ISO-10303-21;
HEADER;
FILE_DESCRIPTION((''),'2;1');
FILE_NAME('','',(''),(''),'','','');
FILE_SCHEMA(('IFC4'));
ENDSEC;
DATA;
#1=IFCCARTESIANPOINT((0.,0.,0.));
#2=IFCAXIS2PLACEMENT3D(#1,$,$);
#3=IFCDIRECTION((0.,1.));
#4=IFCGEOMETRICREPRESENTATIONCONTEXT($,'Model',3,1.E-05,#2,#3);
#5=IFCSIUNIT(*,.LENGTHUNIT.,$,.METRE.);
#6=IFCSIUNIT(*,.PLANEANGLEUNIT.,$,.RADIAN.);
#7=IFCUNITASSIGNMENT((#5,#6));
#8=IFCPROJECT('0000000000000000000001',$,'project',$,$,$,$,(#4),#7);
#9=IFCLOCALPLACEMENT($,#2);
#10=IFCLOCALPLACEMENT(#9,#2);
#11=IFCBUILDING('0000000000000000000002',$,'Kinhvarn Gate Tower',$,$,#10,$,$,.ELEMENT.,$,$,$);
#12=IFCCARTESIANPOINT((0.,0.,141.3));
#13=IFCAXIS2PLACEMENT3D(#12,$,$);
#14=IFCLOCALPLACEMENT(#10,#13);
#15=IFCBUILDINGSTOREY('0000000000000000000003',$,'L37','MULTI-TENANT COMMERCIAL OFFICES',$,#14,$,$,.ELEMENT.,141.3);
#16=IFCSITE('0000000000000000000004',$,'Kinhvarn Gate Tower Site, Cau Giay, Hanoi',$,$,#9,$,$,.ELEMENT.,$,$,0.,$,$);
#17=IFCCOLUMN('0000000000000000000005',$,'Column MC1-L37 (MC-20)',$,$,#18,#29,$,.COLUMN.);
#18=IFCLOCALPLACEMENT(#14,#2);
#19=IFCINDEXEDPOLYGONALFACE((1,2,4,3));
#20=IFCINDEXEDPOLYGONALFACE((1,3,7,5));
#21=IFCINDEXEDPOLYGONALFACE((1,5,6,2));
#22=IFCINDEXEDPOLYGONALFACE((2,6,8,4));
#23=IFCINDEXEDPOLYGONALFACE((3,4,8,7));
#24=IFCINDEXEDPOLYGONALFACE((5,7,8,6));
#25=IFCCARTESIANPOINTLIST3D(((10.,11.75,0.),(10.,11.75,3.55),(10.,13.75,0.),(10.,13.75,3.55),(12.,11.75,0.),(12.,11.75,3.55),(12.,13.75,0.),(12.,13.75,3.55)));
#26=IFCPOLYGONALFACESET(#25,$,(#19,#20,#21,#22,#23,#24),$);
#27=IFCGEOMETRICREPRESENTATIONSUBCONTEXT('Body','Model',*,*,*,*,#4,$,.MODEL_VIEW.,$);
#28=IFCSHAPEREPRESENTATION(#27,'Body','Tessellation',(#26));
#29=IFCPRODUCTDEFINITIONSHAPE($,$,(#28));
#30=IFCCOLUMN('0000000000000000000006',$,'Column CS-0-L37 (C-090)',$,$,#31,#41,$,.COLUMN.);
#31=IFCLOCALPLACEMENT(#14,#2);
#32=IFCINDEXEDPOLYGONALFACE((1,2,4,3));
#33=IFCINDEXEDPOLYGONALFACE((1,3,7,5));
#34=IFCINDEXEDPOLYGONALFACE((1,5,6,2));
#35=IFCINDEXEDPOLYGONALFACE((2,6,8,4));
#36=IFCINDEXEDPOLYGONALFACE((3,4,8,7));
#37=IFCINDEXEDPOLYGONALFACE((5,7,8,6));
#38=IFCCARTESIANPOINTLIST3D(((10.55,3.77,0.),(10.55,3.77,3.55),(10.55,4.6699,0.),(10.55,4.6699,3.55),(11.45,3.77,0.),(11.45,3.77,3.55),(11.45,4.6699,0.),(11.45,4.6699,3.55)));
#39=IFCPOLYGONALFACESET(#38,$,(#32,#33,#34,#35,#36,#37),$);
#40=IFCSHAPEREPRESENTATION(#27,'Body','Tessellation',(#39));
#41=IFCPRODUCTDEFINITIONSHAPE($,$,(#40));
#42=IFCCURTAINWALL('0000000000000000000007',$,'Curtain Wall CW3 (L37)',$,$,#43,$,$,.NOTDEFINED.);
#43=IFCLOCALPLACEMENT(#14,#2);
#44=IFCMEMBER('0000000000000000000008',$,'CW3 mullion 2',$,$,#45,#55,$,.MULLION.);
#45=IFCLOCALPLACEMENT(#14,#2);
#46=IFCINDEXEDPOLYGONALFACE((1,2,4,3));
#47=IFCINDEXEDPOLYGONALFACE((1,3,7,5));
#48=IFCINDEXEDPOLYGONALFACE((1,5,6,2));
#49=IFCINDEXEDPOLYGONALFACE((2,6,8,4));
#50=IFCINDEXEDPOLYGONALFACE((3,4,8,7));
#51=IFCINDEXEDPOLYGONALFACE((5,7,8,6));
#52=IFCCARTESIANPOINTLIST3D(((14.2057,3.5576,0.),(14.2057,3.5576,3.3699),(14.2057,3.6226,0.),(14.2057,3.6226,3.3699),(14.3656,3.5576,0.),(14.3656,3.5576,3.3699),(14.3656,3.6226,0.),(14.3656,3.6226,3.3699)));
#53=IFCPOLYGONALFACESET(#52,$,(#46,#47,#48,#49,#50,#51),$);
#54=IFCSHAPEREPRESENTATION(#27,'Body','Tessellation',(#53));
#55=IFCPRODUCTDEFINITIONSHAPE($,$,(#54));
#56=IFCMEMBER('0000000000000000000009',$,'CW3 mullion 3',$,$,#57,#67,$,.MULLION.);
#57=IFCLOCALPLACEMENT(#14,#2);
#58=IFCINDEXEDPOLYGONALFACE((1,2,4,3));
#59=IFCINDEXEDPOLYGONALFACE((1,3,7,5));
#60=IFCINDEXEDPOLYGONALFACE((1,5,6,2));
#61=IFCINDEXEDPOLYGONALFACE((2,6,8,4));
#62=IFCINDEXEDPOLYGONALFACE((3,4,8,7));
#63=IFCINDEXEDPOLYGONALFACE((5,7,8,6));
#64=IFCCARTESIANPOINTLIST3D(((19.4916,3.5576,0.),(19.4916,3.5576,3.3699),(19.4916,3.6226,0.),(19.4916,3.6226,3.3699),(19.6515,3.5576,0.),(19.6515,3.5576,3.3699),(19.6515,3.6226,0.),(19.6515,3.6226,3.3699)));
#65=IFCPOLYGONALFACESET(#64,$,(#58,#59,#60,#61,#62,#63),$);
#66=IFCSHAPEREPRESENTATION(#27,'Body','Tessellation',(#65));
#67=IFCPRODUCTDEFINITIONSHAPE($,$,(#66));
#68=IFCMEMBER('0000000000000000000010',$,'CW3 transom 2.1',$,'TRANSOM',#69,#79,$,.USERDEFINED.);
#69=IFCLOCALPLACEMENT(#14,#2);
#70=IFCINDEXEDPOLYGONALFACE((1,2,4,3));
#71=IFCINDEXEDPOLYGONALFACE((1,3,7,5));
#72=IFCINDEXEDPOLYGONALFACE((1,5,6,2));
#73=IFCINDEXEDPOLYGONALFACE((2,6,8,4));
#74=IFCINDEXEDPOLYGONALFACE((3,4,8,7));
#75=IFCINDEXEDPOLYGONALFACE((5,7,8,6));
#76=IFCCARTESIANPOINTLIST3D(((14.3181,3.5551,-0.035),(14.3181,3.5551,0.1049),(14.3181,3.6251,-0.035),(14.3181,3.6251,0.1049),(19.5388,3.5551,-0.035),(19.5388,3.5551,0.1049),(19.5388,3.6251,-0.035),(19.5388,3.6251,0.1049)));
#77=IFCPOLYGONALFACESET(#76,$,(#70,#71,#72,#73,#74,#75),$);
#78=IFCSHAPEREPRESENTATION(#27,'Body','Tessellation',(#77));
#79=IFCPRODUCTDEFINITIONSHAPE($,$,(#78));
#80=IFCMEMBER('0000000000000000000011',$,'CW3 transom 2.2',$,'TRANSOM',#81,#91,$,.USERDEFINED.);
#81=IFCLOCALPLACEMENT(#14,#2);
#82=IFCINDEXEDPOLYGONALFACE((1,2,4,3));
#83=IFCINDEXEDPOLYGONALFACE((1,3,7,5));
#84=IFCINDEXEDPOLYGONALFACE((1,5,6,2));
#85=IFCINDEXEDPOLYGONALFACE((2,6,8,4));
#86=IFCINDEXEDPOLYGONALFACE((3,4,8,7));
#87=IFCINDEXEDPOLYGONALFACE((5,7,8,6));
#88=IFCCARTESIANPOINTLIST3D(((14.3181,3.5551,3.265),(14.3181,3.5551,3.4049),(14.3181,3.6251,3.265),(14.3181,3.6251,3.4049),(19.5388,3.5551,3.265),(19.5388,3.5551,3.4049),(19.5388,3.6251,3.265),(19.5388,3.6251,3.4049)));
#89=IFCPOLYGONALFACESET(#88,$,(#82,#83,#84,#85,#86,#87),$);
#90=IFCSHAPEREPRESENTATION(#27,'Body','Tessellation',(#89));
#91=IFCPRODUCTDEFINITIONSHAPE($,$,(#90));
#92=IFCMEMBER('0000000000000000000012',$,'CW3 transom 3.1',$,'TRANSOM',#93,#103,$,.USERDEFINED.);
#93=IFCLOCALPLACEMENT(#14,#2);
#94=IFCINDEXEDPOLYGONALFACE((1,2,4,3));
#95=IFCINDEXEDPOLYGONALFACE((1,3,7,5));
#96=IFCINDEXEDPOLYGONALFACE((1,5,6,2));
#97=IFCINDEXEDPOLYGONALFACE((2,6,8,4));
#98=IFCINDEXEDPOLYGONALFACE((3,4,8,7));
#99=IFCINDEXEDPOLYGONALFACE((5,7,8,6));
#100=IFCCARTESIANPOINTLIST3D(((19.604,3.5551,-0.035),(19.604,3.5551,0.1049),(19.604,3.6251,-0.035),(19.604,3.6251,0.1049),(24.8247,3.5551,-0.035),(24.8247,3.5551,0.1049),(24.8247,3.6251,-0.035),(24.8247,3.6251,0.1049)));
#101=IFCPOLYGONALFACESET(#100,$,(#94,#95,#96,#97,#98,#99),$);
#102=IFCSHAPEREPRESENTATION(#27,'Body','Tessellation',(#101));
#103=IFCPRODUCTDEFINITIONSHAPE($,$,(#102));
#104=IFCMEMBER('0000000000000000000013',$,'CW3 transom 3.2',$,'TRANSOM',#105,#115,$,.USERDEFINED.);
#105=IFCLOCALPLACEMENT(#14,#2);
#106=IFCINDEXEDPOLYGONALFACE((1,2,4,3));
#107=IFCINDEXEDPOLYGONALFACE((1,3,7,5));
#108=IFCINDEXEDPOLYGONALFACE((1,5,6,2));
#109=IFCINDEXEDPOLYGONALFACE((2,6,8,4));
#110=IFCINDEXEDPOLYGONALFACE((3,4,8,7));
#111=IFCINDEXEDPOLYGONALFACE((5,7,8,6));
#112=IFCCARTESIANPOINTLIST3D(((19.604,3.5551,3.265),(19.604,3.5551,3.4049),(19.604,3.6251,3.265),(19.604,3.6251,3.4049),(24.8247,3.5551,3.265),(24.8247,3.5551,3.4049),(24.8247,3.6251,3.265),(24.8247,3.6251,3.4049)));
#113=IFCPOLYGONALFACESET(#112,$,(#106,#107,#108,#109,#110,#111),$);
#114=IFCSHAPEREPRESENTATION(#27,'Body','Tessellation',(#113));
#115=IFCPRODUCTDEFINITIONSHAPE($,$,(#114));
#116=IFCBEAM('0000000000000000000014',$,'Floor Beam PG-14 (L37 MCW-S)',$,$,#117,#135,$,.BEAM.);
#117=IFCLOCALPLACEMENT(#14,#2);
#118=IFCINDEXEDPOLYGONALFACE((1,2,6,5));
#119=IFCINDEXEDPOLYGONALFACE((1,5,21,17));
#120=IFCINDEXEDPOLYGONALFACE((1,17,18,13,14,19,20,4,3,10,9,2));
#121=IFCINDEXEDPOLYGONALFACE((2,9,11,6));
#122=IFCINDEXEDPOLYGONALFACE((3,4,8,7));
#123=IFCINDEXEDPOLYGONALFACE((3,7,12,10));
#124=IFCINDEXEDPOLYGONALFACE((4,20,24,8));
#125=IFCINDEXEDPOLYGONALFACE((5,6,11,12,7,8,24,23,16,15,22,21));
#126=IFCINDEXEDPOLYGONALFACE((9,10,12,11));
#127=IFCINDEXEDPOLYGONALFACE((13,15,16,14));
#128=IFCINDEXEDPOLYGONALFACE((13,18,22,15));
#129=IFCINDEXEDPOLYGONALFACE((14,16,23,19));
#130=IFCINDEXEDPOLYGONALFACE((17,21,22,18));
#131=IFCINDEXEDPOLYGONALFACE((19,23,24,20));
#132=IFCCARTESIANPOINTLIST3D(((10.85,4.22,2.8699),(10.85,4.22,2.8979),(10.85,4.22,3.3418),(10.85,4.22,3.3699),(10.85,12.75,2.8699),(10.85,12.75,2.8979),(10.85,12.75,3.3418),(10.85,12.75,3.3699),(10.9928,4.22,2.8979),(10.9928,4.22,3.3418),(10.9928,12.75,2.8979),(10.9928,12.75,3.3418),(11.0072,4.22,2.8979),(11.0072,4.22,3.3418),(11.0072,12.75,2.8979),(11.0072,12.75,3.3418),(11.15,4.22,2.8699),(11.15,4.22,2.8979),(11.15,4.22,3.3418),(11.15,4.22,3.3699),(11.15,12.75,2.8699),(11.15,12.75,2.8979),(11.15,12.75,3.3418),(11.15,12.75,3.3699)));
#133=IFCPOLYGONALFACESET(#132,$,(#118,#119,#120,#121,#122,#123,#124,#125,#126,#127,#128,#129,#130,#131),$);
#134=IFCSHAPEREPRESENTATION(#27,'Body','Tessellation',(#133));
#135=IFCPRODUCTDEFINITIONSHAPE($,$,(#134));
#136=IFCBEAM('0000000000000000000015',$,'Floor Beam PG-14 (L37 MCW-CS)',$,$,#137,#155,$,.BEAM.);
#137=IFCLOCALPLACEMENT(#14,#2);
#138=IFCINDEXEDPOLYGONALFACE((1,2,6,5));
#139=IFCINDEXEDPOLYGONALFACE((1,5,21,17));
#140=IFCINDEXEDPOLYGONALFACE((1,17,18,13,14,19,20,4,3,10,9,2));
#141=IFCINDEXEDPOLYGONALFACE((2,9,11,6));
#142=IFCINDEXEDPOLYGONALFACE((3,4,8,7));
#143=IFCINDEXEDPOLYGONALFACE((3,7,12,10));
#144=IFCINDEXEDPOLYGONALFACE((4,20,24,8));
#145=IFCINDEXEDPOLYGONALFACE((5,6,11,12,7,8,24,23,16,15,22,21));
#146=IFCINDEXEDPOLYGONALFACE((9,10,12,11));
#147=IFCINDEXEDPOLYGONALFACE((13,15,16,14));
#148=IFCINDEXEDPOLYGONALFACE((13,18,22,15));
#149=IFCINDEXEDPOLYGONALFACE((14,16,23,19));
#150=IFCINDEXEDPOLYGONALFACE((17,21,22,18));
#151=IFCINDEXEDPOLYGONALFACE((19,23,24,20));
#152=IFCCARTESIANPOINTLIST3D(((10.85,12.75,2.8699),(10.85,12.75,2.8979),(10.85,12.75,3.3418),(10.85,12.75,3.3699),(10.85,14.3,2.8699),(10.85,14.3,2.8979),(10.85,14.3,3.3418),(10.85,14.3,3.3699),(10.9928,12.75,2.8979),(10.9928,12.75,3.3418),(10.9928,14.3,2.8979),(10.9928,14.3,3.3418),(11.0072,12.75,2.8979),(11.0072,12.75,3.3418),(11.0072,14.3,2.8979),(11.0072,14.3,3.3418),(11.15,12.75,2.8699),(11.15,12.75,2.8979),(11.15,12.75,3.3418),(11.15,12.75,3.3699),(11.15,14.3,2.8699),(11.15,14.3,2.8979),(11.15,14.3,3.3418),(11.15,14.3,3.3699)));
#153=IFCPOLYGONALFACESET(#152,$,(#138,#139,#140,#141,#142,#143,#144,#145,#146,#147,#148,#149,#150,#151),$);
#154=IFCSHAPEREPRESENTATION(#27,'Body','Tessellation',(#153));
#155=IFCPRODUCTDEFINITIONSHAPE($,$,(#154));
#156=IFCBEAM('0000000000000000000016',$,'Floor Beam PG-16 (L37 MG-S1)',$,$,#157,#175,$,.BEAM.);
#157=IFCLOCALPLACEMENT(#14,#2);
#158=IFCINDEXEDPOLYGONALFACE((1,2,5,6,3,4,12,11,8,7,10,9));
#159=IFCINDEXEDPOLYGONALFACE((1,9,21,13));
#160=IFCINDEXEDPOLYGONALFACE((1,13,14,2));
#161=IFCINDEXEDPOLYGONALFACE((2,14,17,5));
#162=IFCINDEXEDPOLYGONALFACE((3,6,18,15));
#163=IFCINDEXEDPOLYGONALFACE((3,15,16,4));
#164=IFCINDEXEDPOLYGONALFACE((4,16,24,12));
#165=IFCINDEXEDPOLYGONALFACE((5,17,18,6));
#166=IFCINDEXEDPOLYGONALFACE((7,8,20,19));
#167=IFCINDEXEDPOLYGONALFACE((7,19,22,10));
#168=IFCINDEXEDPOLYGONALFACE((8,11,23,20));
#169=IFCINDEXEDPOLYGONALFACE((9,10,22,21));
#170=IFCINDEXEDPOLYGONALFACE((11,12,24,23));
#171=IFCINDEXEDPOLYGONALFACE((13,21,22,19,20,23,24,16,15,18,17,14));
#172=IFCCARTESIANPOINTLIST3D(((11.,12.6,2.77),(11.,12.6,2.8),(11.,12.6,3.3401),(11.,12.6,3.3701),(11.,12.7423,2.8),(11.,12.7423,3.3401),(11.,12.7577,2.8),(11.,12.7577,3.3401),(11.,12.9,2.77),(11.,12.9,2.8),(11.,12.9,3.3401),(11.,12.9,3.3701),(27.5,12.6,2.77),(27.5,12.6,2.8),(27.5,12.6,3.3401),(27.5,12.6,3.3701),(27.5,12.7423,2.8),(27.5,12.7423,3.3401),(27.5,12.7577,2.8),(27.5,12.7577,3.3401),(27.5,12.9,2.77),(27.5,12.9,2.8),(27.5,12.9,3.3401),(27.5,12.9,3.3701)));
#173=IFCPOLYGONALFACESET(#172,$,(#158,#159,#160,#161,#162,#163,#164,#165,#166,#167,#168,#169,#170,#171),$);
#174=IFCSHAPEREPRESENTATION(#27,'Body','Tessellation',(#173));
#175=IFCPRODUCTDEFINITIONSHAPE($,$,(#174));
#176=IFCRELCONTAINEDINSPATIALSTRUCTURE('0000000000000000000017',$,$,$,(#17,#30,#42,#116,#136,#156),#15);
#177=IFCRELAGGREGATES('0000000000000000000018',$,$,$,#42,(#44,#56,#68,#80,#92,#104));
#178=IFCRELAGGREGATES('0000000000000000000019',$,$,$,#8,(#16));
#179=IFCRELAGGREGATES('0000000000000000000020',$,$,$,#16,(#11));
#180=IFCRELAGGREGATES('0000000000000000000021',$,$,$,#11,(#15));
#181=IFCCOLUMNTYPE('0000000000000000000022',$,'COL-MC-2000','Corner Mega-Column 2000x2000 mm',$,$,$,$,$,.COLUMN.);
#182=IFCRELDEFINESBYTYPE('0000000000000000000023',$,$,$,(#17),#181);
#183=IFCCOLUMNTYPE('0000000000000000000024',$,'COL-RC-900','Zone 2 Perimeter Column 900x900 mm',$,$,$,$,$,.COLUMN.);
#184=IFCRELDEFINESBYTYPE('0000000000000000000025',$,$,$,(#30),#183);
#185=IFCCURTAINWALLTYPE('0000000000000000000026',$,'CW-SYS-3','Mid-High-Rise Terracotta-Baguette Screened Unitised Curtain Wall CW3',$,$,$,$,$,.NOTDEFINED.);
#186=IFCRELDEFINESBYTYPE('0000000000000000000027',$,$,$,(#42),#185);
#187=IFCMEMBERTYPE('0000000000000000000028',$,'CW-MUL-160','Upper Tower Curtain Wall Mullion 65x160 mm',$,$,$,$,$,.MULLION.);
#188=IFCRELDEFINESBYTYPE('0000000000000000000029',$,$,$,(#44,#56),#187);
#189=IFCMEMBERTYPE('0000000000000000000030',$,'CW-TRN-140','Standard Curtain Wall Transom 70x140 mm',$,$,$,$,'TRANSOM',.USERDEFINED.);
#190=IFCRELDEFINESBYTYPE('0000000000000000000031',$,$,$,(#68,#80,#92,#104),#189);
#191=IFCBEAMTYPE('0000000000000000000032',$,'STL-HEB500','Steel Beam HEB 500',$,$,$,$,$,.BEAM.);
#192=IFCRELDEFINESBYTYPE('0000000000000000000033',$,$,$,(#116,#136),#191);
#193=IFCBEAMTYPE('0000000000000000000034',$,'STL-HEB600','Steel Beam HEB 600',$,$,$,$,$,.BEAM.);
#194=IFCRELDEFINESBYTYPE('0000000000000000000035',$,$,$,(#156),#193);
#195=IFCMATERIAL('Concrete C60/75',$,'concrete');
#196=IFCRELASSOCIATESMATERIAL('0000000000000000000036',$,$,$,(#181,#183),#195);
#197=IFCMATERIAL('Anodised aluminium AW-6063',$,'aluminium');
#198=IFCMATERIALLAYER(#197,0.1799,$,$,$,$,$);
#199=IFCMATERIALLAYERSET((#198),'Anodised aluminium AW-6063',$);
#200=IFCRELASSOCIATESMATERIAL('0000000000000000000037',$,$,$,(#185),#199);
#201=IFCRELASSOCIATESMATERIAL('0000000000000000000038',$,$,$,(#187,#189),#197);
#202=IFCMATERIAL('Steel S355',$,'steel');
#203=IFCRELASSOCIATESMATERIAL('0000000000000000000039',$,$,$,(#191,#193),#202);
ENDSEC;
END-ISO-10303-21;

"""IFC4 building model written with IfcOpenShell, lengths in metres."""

from ifc_helpers import new_model, si_unit, direction, frame, origin, origin_2d, place, context, subcontext, project, spatial, rectangle, i_section, extrude, material, layer, layer_set, material_profile, profile_set, type_object, element, aggregate, save


model = new_model("IFC4")

# Units and contexts
model_context = context("Model", 3, precision=1e-05, world=origin(), true_north=direction((0.0, 1.0)))
body_context = subcontext(model_context, "Body", "Model", "MODEL_VIEW")
ifc_project = project(units=[si_unit("LENGTHUNIT", "METRE"), si_unit("PLANEANGLEUNIT", "RADIAN")], contexts=[model_context])

# Site, building, storey
site_placement = place(None, origin())
site = spatial("IfcSite", under=ifc_project, at=site_placement, Name="Kinhvarn Gate Tower Site, Cau Giay, Hanoi", CompositionType="ELEMENT", RefElevation=0.0)
building_placement = place(site_placement, origin())
building = spatial("IfcBuilding", under=site, at=building_placement, Name="Kinhvarn Gate Tower", CompositionType="ELEMENT")
storey_placement = place(building_placement, frame((0.0, 0.0, 141.3)))
storey = spatial("IfcBuildingStorey", under=building, at=storey_placement, Name="L37", Description="MULTI-TENANT COMMERCIAL OFFICES", CompositionType="ELEMENT", Elevation=141.3)

# Columns
ifc_material_1 = material(Name="Concrete C60/75", Category="concrete")
ifc_material_profile_1 = material_profile(ifc_material_1, rectangle(XDim=2.0, YDim=2.0, at=origin_2d()), Name="RC 2000x2000")
ifc_profile_set_1 = profile_set([ifc_material_profile_1], Name="Concrete C60/75")
column_type_1 = type_object("IfcColumnType", Name="COL-MC-2000", Description="Corner Mega-Column 2000x2000 mm", PredefinedType="COLUMN", material=ifc_profile_set_1)
column_1_placement = place(storey_placement, frame((11.0, 12.75, 0.0), z_axis=(0.0, 0.0, 1.0), x_axis=(1.0, 0.0, 0.0)))
element("IfcColumn", 1, at=column_1_placement, inside=storey, type_object=column_type_1, Name="Column MC1-L37 (MC-20)", PredefinedType="COLUMN", context=body_context, shape_type="SweptSolid", body=[
    extrude(rectangle(XDim=2.0, YDim=2.0, at=origin_2d()), origin(), (0.0, 0.0, 1.0), 3.55),
])
ifc_material_profile_2 = material_profile(ifc_material_1, rectangle(XDim=0.8999, YDim=0.8999, at=origin_2d()), Name="RC 900x900")
ifc_profile_set_2 = profile_set([ifc_material_profile_2], Name="Concrete C60/75")
column_type_2 = type_object("IfcColumnType", Name="COL-RC-900", Description="Zone 2 Perimeter Column 900x900 mm", PredefinedType="COLUMN", material=ifc_profile_set_2)
column_2_placement = place(storey_placement, frame((11.0, 4.22, 0.0), z_axis=(0.0, 0.0, 1.0), x_axis=(1.0, 0.0, 0.0)))
element("IfcColumn", 2, at=column_2_placement, inside=storey, type_object=column_type_2, Name="Column CS-0-L37 (C-090)", PredefinedType="COLUMN", context=body_context, shape_type="SweptSolid", body=[
    extrude(rectangle(XDim=0.8999, YDim=0.8999, at=origin_2d()), origin(), (0.0, 0.0, 1.0), 3.55),
])

# Curtain wall, members
ifc_material_2 = material(Name="Anodised aluminium AW-6063", Category="aluminium")
ifc_layer_1 = layer(ifc_material_2, 0.1799)
ifc_layer_set_1 = layer_set([ifc_layer_1], Name="Anodised aluminium AW-6063")
curtain_wall_type = type_object("IfcCurtainWallType", Name="CW-SYS-3", Description="Mid-High-Rise Terracotta-Baguette Screened Unitised Curtain Wall CW3", PredefinedType="NOTDEFINED", material=ifc_layer_set_1)
curtain_wall_placement = place(storey_placement, origin())
curtain_wall = element("IfcCurtainWall", 3, at=curtain_wall_placement, inside=storey, type_object=curtain_wall_type, Name="Curtain Wall CW3 (L37)", PredefinedType="NOTDEFINED")
ifc_material_profile_3 = material_profile(ifc_material_2, rectangle(XDim=0.0649, YDim=0.1599, at=origin_2d()), Name="ALU 65x160")
ifc_profile_set_3 = profile_set([ifc_material_profile_3], Name="Anodised aluminium AW-6063")
member_type_1 = type_object("IfcMemberType", Name="CW-MUL-160", Description="Upper Tower Curtain Wall Mullion 65x160 mm", PredefinedType="MULLION", material=ifc_profile_set_3)
member_1_placement = place(storey_placement, frame((14.2856, 3.5901, 0.0), z_axis=(0.0, 0.0, 1.0), x_axis=(0.0, 1.0, 0.0)))
member_1 = element("IfcMember", 4, at=member_1_placement, type_object=member_type_1, Name="CW3 mullion 2", PredefinedType="MULLION", context=body_context, shape_type="SweptSolid", body=[
    extrude(rectangle(XDim=0.0649, YDim=0.1599, at=origin_2d()), origin(), (0.0, 0.0, 1.0), 3.3699),
])
member_2_placement = place(storey_placement, frame((19.5715, 3.5901, 0.0), z_axis=(0.0, 0.0, 1.0), x_axis=(0.0, 1.0, 0.0)))
member_2 = element("IfcMember", 5, at=member_2_placement, type_object=member_type_1, Name="CW3 mullion 3", PredefinedType="MULLION", context=body_context, shape_type="SweptSolid", body=[
    extrude(rectangle(XDim=0.0649, YDim=0.1599, at=origin_2d()), origin(), (0.0, 0.0, 1.0), 3.3699),
])
ifc_material_profile_4 = material_profile(ifc_material_2, rectangle(XDim=0.0701, YDim=0.1399, at=origin_2d()), Name="ALU 70x140")
ifc_profile_set_4 = profile_set([ifc_material_profile_4], Name="Anodised aluminium AW-6063")
member_type_2 = type_object("IfcMemberType", Name="CW-TRN-140", Description="Standard Curtain Wall Transom 70x140 mm", ElementType="TRANSOM", PredefinedType="USERDEFINED", material=ifc_profile_set_4)
member_3_placement = place(storey_placement, frame((14.3181, 3.5901, 0.0349), z_axis=(1.0, 0.0, 0.0), x_axis=(0.0, 1.0, 0.0)))
member_3 = element("IfcMember", 6, at=member_3_placement, type_object=member_type_2, Name="CW3 transom 2.1", ObjectType="TRANSOM", PredefinedType="USERDEFINED", context=body_context, shape_type="SweptSolid", body=[
    extrude(rectangle(XDim=0.0701, YDim=0.1399, at=origin_2d()), origin(), (0.0, 0.0, 1.0), 5.2207),
])
member_4_placement = place(storey_placement, frame((14.3181, 3.5901, 3.335), z_axis=(1.0, 0.0, 0.0), x_axis=(0.0, 1.0, 0.0)))
member_4 = element("IfcMember", 7, at=member_4_placement, type_object=member_type_2, Name="CW3 transom 2.2", ObjectType="TRANSOM", PredefinedType="USERDEFINED", context=body_context, shape_type="SweptSolid", body=[
    extrude(rectangle(XDim=0.0701, YDim=0.1399, at=origin_2d()), origin(), (0.0, 0.0, 1.0), 5.2207),
])
member_5_placement = place(storey_placement, frame((19.604, 3.5901, 0.0349), z_axis=(1.0, 0.0, 0.0), x_axis=(0.0, 1.0, 0.0)))
member_5 = element("IfcMember", 8, at=member_5_placement, type_object=member_type_2, Name="CW3 transom 3.1", ObjectType="TRANSOM", PredefinedType="USERDEFINED", context=body_context, shape_type="SweptSolid", body=[
    extrude(rectangle(XDim=0.0701, YDim=0.1399, at=origin_2d()), origin(), (0.0, 0.0, 1.0), 5.2207),
])
member_6_placement = place(storey_placement, frame((19.604, 3.5901, 3.335), z_axis=(1.0, 0.0, 0.0), x_axis=(0.0, 1.0, 0.0)))
member_6 = element("IfcMember", 9, at=member_6_placement, type_object=member_type_2, Name="CW3 transom 3.2", ObjectType="TRANSOM", PredefinedType="USERDEFINED", context=body_context, shape_type="SweptSolid", body=[
    extrude(rectangle(XDim=0.0701, YDim=0.1399, at=origin_2d()), origin(), (0.0, 0.0, 1.0), 5.2207),
])

# Beams
ifc_material_3 = material(Name="Steel S355", Category="steel")
ifc_material_profile_5 = material_profile(ifc_material_3, i_section(OverallWidth=0.3, OverallDepth=0.5, WebThickness=0.0144, FlangeThickness=0.0281, at=origin_2d()), Name="HEB 500")
ifc_profile_set_5 = profile_set([ifc_material_profile_5], Name="Steel S355")
beam_type_1 = type_object("IfcBeamType", Name="STL-HEB500", Description="Steel Beam HEB 500", PredefinedType="BEAM", material=ifc_profile_set_5)
beam_1_placement = place(storey_placement, frame((11.0, 4.22, 3.1199), z_axis=(0.0, 1.0, 0.0), x_axis=(-1.0, 0.0, 0.0)))
element("IfcBeam", 10, at=beam_1_placement, inside=storey, type_object=beam_type_1, Name="Floor Beam PG-14 (L37 MCW-S)", PredefinedType="BEAM", context=body_context, shape_type="SweptSolid", body=[
    extrude(i_section(OverallWidth=0.3, OverallDepth=0.5, WebThickness=0.0144, FlangeThickness=0.0281, at=origin_2d()), origin(), (0.0, 0.0, 1.0), 8.53),
])
beam_2_placement = place(storey_placement, frame((11.0, 12.75, 3.1199), z_axis=(0.0, 1.0, 0.0), x_axis=(-1.0, 0.0, 0.0)))
element("IfcBeam", 11, at=beam_2_placement, inside=storey, type_object=beam_type_1, Name="Floor Beam PG-14 (L37 MCW-CS)", PredefinedType="BEAM", context=body_context, shape_type="SweptSolid", body=[
    extrude(i_section(OverallWidth=0.3, OverallDepth=0.5, WebThickness=0.0144, FlangeThickness=0.0281, at=origin_2d()), origin(), (0.0, 0.0, 1.0), 1.55),
])
ifc_material_profile_6 = material_profile(ifc_material_3, i_section(OverallWidth=0.3, OverallDepth=0.6001, WebThickness=0.0154, FlangeThickness=0.03, at=origin_2d()), Name="HEB 600")
ifc_profile_set_6 = profile_set([ifc_material_profile_6], Name="Steel S355")
beam_type_2 = type_object("IfcBeamType", Name="STL-HEB600", Description="Steel Beam HEB 600", PredefinedType="BEAM", material=ifc_profile_set_6)
beam_3_placement = place(storey_placement, frame((11.0, 12.75, 3.0701), z_axis=(1.0, 0.0, 0.0), x_axis=(0.0, 1.0, 0.0)))
element("IfcBeam", 12, at=beam_3_placement, inside=storey, type_object=beam_type_2, Name="Floor Beam PG-16 (L37 MG-S1)", PredefinedType="BEAM", context=body_context, shape_type="SweptSolid", body=[
    extrude(i_section(OverallWidth=0.3, OverallDepth=0.6001, WebThickness=0.0154, FlangeThickness=0.03, at=origin_2d()), origin(), (0.0, 0.0, 1.0), 16.5),
])

aggregate(curtain_wall, [member_1, member_2, member_3, member_4, member_5, member_6])

save(model, "model.ifc")
